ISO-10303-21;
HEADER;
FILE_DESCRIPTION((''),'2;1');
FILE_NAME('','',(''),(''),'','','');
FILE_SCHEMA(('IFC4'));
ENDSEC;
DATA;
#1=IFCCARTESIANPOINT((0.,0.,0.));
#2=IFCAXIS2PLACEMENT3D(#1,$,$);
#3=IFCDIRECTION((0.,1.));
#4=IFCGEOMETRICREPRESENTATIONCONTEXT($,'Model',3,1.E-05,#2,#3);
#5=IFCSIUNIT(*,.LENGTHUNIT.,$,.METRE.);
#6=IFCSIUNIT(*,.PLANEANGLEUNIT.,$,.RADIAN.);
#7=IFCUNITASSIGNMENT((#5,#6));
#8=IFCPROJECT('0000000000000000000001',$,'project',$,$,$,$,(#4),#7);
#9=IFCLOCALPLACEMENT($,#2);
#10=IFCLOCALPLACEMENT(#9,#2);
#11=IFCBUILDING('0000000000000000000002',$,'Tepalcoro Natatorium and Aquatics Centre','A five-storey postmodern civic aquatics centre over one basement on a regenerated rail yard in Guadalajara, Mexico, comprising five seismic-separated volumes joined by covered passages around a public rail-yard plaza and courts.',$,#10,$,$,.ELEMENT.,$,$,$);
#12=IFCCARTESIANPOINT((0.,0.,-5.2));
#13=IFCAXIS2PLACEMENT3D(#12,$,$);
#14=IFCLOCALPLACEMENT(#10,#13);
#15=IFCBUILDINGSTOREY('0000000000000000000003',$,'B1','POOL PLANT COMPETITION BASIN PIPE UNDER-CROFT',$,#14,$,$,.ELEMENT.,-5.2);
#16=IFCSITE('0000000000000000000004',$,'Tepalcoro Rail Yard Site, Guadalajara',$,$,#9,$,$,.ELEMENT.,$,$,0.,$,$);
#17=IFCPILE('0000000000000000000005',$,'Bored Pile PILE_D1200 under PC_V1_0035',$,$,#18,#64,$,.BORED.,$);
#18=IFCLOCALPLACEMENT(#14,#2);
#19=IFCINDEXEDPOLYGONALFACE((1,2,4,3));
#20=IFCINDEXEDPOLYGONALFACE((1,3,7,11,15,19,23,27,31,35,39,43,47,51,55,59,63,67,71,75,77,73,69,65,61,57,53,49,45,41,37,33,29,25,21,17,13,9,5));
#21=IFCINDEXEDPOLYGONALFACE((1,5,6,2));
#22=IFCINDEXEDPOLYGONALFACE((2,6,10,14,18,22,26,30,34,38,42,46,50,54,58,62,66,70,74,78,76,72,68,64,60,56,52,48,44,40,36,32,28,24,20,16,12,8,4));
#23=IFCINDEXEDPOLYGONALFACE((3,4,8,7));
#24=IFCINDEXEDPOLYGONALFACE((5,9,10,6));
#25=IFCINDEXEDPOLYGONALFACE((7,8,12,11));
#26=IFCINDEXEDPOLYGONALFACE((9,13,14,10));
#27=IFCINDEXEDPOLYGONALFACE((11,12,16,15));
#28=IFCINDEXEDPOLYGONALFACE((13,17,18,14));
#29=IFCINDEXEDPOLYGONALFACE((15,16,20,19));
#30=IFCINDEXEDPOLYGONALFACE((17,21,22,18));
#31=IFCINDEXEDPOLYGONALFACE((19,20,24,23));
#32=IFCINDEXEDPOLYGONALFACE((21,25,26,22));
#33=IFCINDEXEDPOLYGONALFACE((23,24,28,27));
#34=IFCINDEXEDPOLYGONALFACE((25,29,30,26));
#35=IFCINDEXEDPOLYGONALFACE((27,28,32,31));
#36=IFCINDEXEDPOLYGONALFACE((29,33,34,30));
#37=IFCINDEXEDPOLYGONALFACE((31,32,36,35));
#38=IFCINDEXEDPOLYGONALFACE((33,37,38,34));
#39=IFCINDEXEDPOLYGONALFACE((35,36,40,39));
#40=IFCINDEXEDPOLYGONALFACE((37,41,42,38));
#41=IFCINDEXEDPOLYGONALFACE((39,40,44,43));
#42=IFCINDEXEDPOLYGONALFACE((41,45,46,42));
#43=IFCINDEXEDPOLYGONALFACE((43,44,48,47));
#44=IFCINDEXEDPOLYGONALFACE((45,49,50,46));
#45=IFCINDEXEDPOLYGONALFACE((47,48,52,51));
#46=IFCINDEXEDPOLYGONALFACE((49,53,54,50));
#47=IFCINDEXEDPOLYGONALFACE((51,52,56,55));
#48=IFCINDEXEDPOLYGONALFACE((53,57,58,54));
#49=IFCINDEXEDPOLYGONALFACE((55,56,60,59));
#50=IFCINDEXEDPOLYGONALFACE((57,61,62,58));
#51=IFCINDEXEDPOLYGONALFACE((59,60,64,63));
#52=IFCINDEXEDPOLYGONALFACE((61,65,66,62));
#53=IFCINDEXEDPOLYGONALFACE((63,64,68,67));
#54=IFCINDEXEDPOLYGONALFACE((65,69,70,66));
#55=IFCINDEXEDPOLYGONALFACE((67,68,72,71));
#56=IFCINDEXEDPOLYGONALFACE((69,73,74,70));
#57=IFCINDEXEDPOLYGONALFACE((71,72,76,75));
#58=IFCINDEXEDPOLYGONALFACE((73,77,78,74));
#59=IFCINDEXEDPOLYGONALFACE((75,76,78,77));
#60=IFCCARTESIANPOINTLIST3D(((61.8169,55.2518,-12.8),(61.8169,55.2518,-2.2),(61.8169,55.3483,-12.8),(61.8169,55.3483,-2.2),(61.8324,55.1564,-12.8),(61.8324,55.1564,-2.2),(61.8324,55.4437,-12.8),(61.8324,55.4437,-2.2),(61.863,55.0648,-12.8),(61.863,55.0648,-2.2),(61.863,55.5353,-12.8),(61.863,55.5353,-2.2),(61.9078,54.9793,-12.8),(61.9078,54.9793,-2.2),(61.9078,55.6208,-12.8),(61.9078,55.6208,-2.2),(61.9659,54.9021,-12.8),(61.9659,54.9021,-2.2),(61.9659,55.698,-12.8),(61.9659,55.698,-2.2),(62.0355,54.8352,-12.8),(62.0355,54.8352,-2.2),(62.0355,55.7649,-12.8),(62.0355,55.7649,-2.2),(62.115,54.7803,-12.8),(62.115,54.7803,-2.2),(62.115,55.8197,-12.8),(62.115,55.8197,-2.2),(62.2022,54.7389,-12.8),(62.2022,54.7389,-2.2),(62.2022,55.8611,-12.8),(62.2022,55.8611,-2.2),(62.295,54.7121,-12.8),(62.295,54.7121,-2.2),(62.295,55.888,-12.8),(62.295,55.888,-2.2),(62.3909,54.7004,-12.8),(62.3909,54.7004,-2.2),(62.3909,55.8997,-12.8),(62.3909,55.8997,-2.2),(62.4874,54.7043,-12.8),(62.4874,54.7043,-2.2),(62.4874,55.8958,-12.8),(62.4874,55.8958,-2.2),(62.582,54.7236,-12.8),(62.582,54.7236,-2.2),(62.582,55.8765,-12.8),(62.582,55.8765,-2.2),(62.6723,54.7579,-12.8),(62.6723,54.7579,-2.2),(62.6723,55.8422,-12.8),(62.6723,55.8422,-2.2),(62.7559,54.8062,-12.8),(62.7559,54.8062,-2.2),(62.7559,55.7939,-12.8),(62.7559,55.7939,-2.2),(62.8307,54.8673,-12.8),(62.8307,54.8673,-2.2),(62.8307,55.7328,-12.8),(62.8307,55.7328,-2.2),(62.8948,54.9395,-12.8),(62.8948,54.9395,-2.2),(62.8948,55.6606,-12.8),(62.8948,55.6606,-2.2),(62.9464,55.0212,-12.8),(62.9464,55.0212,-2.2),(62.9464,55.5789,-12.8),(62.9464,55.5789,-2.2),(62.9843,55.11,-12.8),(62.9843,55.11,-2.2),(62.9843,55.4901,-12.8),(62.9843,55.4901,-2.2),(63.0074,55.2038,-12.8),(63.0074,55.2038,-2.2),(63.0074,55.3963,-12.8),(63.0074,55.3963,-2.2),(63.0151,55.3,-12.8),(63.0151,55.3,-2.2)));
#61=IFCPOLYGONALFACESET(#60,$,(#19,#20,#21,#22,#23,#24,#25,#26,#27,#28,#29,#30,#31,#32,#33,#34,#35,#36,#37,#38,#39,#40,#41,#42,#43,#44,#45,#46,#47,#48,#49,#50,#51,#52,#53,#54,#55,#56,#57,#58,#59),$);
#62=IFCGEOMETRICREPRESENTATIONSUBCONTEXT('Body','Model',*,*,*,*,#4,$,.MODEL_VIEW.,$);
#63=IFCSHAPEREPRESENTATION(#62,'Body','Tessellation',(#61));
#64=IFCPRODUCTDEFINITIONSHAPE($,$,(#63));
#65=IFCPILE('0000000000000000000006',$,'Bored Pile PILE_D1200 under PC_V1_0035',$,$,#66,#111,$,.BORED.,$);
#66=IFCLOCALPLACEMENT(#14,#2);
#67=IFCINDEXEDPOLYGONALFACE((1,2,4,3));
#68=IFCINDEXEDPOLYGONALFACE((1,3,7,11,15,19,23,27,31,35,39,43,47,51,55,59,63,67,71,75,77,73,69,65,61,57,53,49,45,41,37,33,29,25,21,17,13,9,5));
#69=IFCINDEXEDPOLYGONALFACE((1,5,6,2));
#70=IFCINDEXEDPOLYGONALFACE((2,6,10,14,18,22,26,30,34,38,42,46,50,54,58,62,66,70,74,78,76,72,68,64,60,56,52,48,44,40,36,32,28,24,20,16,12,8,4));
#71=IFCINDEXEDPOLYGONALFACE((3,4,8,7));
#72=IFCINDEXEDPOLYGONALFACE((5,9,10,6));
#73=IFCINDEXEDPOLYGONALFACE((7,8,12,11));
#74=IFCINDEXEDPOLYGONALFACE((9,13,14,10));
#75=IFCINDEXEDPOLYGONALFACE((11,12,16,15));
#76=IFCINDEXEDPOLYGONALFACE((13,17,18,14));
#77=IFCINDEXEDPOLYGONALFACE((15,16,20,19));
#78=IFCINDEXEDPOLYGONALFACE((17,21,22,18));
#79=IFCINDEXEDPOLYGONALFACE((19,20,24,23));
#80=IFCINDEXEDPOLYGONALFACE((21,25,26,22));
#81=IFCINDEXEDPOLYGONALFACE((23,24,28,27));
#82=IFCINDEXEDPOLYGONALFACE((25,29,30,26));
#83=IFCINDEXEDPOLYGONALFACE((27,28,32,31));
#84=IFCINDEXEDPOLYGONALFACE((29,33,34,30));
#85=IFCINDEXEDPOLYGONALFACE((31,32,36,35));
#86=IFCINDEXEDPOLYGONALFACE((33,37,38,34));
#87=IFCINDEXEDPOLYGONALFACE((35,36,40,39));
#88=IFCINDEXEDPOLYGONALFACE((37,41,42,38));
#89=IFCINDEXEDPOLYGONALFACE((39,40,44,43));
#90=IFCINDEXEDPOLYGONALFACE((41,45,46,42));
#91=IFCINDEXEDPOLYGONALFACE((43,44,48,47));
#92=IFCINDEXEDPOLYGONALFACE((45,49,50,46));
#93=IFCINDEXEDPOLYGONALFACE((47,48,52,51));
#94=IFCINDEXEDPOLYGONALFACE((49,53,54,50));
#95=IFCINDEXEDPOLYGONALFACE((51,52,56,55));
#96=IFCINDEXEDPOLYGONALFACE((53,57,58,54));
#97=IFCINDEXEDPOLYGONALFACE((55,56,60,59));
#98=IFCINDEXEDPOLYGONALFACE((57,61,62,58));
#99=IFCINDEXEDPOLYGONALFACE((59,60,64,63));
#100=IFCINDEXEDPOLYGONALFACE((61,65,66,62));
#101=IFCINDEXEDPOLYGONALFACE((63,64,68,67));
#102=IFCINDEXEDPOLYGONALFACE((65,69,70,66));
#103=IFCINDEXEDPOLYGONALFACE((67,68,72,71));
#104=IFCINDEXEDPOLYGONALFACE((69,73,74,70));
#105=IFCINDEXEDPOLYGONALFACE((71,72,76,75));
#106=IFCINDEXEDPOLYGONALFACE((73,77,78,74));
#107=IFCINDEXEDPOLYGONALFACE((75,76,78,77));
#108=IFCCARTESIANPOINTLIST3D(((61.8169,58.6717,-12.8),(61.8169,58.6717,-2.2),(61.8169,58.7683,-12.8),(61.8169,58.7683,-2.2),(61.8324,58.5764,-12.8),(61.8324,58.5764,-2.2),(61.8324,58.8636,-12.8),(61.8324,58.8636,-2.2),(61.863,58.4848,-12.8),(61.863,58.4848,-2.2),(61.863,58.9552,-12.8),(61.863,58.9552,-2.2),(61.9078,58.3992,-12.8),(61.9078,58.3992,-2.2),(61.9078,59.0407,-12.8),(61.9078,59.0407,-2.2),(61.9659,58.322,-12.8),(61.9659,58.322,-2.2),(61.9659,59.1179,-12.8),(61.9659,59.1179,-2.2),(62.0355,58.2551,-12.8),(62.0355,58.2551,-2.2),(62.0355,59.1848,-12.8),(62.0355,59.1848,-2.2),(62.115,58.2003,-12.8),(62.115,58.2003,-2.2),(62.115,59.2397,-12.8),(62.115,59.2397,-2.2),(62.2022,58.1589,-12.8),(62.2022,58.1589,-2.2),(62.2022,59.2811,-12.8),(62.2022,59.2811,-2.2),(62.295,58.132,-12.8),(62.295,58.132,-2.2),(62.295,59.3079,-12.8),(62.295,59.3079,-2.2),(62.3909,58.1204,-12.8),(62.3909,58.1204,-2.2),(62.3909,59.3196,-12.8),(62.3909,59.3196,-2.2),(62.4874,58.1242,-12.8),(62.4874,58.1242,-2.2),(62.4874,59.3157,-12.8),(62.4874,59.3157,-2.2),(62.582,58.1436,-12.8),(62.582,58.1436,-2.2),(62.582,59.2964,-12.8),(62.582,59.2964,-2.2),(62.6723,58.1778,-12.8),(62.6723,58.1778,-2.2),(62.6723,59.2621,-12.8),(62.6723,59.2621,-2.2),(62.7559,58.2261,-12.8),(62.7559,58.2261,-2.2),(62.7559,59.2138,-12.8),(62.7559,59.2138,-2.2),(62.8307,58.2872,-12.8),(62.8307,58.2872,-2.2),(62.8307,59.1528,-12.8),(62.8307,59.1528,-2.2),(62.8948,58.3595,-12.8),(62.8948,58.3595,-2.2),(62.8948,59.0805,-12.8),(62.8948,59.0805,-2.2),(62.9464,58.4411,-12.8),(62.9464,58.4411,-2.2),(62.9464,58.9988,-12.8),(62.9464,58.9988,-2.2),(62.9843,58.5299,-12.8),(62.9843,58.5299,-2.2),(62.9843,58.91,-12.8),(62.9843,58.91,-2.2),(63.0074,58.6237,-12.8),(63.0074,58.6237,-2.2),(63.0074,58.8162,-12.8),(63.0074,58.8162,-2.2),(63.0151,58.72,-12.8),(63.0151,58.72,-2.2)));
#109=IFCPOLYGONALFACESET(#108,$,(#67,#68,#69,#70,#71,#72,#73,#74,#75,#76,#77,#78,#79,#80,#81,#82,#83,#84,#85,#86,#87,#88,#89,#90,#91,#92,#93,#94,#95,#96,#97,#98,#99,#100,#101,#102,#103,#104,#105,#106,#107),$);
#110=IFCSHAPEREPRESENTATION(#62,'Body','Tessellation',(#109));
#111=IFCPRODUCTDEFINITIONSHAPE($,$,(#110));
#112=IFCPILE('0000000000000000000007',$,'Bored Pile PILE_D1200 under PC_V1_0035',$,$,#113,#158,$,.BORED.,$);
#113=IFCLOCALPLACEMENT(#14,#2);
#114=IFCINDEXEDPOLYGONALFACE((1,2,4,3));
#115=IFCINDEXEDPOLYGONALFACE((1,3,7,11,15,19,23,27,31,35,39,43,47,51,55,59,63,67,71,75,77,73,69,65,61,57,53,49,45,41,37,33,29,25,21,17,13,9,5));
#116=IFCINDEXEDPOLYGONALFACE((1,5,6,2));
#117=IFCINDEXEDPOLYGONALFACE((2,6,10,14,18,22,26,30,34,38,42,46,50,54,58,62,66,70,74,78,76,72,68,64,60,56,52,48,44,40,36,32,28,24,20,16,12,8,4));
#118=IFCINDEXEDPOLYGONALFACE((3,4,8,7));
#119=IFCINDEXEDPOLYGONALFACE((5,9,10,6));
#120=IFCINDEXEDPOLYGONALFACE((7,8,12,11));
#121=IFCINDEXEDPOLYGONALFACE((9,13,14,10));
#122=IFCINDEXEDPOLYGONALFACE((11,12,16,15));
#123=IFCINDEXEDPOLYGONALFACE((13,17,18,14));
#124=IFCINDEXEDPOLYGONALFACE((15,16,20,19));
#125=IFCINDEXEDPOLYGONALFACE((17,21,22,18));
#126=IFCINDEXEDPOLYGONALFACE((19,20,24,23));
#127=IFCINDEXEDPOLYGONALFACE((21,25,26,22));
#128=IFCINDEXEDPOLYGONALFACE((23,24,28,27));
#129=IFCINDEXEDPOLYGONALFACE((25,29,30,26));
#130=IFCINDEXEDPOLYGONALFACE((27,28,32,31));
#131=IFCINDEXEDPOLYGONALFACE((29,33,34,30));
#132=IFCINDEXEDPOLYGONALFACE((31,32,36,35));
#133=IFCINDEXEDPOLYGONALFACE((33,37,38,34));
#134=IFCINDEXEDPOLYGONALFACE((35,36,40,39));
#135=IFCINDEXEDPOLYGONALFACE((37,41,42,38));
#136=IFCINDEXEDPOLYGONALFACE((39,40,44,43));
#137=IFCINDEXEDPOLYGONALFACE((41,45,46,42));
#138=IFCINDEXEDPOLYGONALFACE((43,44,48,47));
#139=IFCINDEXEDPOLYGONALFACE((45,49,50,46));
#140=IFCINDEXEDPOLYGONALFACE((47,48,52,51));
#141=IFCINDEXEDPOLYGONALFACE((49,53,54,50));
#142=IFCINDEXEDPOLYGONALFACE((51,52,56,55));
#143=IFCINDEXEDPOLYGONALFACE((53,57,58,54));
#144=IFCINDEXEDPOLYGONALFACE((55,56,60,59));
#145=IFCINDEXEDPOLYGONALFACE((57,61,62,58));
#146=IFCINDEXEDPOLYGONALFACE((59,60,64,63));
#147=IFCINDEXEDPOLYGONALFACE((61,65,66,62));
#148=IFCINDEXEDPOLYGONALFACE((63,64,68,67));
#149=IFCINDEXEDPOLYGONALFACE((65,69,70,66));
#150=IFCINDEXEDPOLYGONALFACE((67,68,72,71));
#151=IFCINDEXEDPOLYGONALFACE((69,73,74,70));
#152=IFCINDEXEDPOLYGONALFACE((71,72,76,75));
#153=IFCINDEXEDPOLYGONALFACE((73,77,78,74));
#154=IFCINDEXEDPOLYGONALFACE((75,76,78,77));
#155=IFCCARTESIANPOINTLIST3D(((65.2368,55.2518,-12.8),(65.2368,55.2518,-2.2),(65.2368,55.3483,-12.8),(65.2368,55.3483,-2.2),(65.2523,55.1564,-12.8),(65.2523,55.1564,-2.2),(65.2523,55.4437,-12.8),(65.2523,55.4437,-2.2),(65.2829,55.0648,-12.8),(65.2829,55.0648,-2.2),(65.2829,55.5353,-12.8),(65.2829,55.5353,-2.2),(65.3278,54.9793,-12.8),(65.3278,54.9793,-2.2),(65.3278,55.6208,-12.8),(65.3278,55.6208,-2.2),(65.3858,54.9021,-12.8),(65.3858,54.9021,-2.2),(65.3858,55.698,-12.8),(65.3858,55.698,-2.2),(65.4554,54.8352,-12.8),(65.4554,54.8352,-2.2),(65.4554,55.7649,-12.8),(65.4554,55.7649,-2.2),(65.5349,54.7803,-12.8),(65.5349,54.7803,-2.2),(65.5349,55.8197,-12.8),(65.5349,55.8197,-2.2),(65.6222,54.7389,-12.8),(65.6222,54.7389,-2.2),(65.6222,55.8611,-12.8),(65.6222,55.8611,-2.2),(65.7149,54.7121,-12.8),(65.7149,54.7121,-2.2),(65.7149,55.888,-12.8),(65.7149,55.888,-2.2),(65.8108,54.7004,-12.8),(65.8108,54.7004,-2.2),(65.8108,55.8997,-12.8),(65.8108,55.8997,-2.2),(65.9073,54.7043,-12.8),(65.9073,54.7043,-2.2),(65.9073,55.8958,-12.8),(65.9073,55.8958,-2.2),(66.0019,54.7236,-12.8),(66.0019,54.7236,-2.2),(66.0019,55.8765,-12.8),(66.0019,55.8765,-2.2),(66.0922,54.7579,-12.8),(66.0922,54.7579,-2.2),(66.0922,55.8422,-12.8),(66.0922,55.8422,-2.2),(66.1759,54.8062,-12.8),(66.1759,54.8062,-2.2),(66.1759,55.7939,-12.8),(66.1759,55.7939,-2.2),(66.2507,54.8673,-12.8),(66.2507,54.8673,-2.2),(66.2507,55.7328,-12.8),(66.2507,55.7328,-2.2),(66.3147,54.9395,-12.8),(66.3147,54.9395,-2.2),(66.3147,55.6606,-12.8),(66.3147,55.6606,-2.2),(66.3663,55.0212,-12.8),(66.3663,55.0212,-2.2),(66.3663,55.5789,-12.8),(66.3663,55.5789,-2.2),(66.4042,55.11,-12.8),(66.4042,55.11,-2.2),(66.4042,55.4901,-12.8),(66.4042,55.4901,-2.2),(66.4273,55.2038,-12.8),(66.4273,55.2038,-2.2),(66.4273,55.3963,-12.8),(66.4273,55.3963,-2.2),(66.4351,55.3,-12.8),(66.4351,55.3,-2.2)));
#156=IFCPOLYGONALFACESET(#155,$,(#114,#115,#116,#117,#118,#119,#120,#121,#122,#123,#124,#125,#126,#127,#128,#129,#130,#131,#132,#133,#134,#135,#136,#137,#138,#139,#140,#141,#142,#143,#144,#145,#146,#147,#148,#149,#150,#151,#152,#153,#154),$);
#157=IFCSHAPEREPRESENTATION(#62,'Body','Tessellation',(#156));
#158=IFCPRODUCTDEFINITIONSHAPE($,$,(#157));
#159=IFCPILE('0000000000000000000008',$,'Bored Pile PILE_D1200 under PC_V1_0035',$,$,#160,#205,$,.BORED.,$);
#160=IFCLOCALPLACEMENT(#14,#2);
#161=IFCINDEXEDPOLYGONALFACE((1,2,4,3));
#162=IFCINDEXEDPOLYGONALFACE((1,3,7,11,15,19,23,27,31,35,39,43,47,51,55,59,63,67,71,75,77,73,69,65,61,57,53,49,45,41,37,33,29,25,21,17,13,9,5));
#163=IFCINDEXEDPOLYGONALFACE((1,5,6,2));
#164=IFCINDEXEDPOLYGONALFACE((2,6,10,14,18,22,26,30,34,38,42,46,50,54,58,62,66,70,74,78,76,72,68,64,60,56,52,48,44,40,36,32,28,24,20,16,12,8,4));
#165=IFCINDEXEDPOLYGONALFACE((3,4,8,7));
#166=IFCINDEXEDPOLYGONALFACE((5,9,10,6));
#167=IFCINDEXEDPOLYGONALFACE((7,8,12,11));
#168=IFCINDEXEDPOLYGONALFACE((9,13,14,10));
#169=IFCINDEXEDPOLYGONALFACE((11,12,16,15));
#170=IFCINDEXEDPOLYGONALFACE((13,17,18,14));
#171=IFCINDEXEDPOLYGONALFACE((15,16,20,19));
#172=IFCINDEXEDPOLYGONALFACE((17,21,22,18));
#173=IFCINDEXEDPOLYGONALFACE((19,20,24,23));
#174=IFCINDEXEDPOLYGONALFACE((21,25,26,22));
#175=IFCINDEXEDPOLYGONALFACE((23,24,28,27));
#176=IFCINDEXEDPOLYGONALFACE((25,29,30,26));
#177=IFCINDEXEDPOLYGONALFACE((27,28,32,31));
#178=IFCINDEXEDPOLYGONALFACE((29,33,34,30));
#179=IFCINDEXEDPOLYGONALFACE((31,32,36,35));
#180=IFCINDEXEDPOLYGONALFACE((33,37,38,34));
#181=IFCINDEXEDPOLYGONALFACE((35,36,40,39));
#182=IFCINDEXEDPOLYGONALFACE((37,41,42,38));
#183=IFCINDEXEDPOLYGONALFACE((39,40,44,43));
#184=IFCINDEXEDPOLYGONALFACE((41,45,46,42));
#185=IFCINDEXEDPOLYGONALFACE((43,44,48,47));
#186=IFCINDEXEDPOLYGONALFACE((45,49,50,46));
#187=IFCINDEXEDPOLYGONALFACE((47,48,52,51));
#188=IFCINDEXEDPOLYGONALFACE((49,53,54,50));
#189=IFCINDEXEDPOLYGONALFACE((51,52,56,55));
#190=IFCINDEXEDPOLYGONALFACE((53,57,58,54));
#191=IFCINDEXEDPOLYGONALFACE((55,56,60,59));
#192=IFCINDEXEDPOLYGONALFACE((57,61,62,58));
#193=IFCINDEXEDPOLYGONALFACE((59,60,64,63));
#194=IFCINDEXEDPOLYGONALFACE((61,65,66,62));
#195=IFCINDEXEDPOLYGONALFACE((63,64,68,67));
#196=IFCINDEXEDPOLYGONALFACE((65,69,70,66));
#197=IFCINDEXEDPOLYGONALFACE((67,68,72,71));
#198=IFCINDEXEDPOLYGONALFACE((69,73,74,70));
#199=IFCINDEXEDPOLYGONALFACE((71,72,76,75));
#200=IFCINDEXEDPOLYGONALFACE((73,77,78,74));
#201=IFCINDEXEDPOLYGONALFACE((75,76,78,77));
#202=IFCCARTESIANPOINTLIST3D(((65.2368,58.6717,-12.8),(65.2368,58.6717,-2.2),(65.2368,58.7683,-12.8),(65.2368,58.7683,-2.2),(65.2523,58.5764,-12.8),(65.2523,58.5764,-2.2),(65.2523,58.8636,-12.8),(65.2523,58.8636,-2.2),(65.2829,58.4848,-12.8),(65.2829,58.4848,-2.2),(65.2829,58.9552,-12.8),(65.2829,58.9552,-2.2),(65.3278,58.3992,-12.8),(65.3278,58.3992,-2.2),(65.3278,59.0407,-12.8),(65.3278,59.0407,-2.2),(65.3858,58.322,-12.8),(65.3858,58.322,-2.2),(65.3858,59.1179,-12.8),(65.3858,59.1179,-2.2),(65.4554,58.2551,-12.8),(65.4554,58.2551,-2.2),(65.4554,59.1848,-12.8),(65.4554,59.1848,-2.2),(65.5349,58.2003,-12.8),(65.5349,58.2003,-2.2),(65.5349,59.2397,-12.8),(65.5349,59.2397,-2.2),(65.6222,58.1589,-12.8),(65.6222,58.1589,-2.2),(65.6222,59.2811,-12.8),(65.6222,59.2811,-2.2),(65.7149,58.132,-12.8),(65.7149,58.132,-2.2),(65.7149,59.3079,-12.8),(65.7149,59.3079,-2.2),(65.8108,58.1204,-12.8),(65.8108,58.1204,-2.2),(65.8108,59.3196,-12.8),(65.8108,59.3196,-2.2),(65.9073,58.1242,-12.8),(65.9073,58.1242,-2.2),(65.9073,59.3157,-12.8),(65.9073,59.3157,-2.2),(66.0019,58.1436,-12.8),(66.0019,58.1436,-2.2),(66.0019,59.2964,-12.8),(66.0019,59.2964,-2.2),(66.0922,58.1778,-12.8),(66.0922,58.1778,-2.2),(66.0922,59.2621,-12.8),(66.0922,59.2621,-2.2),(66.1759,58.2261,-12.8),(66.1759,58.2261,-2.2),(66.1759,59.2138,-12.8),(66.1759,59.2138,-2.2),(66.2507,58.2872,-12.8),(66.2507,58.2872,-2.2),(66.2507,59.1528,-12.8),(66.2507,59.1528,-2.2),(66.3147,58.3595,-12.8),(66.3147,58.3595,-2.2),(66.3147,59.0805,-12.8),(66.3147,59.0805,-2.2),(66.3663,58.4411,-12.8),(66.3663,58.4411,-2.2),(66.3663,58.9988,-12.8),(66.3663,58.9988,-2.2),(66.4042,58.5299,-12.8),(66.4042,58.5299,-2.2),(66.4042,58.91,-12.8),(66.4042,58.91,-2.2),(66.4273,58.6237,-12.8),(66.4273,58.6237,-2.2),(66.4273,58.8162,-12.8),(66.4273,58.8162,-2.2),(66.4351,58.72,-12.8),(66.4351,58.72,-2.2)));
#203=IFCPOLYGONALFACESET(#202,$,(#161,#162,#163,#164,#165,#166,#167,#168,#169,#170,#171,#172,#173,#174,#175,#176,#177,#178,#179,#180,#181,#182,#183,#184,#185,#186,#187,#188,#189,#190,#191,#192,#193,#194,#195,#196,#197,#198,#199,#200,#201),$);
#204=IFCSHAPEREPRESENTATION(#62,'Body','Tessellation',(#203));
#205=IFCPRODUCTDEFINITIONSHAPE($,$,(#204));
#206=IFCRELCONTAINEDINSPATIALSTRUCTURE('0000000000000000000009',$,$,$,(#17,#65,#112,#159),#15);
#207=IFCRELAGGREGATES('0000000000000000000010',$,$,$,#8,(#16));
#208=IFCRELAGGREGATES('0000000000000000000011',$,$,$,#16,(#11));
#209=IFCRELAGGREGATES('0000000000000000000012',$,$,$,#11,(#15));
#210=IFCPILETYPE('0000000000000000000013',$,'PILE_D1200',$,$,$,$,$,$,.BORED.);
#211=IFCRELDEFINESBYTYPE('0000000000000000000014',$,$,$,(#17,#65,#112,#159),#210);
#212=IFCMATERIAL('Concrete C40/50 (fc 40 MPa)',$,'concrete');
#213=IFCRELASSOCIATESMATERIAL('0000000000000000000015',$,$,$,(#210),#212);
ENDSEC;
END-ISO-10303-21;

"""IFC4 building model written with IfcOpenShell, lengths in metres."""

from ifc_helpers import new_model, si_unit, direction, frame, origin, origin_2d, place, context, subcontext, project, spatial, circle, extrude, material, material_profile, profile_set, type_object, element, save


model = new_model("IFC4")

# Units and contexts
model_context = context("Model", 3, precision=1e-05, world=origin(), true_north=direction((0.0, 1.0)))
body_context = subcontext(model_context, "Body", "Model", "MODEL_VIEW")
ifc_project = project(units=[si_unit("LENGTHUNIT", "METRE"), si_unit("PLANEANGLEUNIT", "RADIAN")], contexts=[model_context])

# Site, building, storey
site_placement = place(None, origin())
site = spatial("IfcSite", under=ifc_project, at=site_placement, Name="Tepalcoro Rail Yard Site, Guadalajara", CompositionType="ELEMENT", RefElevation=0.0)
building_placement = place(site_placement, origin())
building = spatial("IfcBuilding", under=site, at=building_placement, Name="Tepalcoro Natatorium and Aquatics Centre", Description="A five-storey postmodern civic aquatics centre over one basement on a regenerated rail yard in Guadalajara, Mexico, comprising five seismic-separated volumes joined by covered passages around a public rail-yard plaza and courts.", CompositionType="ELEMENT")
storey_placement = place(building_placement, frame((0.0, 0.0, -5.2)))
storey = spatial("IfcBuildingStorey", under=building, at=storey_placement, Name="B1", Description="POOL PLANT COMPETITION BASIN PIPE UNDER-CROFT", CompositionType="ELEMENT", Elevation=-5.2)

# Piles
ifc_material_1 = material(Name="Concrete C40/50 (fc 40 MPa)", Category="concrete")
ifc_material_profile_1 = material_profile(ifc_material_1, circle(Radius=0.6001, at=origin_2d()), Name="PILE_D1200")
ifc_profile_set_1 = profile_set([ifc_material_profile_1], Name="Concrete C40/50 (fc 40 MPa)")
pile_type_1 = type_object("IfcPileType", Name="PILE_D1200", PredefinedType="BORED", material=ifc_profile_set_1)
for number, where, z_axis, x_axis, name in (
    (1, (62.415, 55.3, -2.2), (0.0, 0.0, -1.0), (1.0, 0.0, 0.0), "Bored Pile PILE_D1200 under PC_V1_0035"),
    (2, (62.415, 58.72, -2.2), (0.0, 0.0, -1.0), (1.0, 0.0, 0.0), "Bored Pile PILE_D1200 under PC_V1_0035"),
    (3, (65.835, 55.3, -2.2), (0.0, 0.0, -1.0), (1.0, 0.0, 0.0), "Bored Pile PILE_D1200 under PC_V1_0035"),
    (4, (65.835, 58.72, -2.2), (0.0, 0.0, -1.0), (1.0, 0.0, 0.0), "Bored Pile PILE_D1200 under PC_V1_0035"),
):
    element("IfcPile", number, at=place(storey_placement, frame(where, z_axis=z_axis, x_axis=x_axis)), inside=storey, type_object=pile_type_1, Name=name, PredefinedType="BORED", context=body_context, shape_type="SweptSolid", body=[
        extrude(circle(Radius=0.6001, at=origin_2d()), origin(), (0.0, 0.0, 1.0), 10.6001),
    ])

save(model, "model.ifc")
